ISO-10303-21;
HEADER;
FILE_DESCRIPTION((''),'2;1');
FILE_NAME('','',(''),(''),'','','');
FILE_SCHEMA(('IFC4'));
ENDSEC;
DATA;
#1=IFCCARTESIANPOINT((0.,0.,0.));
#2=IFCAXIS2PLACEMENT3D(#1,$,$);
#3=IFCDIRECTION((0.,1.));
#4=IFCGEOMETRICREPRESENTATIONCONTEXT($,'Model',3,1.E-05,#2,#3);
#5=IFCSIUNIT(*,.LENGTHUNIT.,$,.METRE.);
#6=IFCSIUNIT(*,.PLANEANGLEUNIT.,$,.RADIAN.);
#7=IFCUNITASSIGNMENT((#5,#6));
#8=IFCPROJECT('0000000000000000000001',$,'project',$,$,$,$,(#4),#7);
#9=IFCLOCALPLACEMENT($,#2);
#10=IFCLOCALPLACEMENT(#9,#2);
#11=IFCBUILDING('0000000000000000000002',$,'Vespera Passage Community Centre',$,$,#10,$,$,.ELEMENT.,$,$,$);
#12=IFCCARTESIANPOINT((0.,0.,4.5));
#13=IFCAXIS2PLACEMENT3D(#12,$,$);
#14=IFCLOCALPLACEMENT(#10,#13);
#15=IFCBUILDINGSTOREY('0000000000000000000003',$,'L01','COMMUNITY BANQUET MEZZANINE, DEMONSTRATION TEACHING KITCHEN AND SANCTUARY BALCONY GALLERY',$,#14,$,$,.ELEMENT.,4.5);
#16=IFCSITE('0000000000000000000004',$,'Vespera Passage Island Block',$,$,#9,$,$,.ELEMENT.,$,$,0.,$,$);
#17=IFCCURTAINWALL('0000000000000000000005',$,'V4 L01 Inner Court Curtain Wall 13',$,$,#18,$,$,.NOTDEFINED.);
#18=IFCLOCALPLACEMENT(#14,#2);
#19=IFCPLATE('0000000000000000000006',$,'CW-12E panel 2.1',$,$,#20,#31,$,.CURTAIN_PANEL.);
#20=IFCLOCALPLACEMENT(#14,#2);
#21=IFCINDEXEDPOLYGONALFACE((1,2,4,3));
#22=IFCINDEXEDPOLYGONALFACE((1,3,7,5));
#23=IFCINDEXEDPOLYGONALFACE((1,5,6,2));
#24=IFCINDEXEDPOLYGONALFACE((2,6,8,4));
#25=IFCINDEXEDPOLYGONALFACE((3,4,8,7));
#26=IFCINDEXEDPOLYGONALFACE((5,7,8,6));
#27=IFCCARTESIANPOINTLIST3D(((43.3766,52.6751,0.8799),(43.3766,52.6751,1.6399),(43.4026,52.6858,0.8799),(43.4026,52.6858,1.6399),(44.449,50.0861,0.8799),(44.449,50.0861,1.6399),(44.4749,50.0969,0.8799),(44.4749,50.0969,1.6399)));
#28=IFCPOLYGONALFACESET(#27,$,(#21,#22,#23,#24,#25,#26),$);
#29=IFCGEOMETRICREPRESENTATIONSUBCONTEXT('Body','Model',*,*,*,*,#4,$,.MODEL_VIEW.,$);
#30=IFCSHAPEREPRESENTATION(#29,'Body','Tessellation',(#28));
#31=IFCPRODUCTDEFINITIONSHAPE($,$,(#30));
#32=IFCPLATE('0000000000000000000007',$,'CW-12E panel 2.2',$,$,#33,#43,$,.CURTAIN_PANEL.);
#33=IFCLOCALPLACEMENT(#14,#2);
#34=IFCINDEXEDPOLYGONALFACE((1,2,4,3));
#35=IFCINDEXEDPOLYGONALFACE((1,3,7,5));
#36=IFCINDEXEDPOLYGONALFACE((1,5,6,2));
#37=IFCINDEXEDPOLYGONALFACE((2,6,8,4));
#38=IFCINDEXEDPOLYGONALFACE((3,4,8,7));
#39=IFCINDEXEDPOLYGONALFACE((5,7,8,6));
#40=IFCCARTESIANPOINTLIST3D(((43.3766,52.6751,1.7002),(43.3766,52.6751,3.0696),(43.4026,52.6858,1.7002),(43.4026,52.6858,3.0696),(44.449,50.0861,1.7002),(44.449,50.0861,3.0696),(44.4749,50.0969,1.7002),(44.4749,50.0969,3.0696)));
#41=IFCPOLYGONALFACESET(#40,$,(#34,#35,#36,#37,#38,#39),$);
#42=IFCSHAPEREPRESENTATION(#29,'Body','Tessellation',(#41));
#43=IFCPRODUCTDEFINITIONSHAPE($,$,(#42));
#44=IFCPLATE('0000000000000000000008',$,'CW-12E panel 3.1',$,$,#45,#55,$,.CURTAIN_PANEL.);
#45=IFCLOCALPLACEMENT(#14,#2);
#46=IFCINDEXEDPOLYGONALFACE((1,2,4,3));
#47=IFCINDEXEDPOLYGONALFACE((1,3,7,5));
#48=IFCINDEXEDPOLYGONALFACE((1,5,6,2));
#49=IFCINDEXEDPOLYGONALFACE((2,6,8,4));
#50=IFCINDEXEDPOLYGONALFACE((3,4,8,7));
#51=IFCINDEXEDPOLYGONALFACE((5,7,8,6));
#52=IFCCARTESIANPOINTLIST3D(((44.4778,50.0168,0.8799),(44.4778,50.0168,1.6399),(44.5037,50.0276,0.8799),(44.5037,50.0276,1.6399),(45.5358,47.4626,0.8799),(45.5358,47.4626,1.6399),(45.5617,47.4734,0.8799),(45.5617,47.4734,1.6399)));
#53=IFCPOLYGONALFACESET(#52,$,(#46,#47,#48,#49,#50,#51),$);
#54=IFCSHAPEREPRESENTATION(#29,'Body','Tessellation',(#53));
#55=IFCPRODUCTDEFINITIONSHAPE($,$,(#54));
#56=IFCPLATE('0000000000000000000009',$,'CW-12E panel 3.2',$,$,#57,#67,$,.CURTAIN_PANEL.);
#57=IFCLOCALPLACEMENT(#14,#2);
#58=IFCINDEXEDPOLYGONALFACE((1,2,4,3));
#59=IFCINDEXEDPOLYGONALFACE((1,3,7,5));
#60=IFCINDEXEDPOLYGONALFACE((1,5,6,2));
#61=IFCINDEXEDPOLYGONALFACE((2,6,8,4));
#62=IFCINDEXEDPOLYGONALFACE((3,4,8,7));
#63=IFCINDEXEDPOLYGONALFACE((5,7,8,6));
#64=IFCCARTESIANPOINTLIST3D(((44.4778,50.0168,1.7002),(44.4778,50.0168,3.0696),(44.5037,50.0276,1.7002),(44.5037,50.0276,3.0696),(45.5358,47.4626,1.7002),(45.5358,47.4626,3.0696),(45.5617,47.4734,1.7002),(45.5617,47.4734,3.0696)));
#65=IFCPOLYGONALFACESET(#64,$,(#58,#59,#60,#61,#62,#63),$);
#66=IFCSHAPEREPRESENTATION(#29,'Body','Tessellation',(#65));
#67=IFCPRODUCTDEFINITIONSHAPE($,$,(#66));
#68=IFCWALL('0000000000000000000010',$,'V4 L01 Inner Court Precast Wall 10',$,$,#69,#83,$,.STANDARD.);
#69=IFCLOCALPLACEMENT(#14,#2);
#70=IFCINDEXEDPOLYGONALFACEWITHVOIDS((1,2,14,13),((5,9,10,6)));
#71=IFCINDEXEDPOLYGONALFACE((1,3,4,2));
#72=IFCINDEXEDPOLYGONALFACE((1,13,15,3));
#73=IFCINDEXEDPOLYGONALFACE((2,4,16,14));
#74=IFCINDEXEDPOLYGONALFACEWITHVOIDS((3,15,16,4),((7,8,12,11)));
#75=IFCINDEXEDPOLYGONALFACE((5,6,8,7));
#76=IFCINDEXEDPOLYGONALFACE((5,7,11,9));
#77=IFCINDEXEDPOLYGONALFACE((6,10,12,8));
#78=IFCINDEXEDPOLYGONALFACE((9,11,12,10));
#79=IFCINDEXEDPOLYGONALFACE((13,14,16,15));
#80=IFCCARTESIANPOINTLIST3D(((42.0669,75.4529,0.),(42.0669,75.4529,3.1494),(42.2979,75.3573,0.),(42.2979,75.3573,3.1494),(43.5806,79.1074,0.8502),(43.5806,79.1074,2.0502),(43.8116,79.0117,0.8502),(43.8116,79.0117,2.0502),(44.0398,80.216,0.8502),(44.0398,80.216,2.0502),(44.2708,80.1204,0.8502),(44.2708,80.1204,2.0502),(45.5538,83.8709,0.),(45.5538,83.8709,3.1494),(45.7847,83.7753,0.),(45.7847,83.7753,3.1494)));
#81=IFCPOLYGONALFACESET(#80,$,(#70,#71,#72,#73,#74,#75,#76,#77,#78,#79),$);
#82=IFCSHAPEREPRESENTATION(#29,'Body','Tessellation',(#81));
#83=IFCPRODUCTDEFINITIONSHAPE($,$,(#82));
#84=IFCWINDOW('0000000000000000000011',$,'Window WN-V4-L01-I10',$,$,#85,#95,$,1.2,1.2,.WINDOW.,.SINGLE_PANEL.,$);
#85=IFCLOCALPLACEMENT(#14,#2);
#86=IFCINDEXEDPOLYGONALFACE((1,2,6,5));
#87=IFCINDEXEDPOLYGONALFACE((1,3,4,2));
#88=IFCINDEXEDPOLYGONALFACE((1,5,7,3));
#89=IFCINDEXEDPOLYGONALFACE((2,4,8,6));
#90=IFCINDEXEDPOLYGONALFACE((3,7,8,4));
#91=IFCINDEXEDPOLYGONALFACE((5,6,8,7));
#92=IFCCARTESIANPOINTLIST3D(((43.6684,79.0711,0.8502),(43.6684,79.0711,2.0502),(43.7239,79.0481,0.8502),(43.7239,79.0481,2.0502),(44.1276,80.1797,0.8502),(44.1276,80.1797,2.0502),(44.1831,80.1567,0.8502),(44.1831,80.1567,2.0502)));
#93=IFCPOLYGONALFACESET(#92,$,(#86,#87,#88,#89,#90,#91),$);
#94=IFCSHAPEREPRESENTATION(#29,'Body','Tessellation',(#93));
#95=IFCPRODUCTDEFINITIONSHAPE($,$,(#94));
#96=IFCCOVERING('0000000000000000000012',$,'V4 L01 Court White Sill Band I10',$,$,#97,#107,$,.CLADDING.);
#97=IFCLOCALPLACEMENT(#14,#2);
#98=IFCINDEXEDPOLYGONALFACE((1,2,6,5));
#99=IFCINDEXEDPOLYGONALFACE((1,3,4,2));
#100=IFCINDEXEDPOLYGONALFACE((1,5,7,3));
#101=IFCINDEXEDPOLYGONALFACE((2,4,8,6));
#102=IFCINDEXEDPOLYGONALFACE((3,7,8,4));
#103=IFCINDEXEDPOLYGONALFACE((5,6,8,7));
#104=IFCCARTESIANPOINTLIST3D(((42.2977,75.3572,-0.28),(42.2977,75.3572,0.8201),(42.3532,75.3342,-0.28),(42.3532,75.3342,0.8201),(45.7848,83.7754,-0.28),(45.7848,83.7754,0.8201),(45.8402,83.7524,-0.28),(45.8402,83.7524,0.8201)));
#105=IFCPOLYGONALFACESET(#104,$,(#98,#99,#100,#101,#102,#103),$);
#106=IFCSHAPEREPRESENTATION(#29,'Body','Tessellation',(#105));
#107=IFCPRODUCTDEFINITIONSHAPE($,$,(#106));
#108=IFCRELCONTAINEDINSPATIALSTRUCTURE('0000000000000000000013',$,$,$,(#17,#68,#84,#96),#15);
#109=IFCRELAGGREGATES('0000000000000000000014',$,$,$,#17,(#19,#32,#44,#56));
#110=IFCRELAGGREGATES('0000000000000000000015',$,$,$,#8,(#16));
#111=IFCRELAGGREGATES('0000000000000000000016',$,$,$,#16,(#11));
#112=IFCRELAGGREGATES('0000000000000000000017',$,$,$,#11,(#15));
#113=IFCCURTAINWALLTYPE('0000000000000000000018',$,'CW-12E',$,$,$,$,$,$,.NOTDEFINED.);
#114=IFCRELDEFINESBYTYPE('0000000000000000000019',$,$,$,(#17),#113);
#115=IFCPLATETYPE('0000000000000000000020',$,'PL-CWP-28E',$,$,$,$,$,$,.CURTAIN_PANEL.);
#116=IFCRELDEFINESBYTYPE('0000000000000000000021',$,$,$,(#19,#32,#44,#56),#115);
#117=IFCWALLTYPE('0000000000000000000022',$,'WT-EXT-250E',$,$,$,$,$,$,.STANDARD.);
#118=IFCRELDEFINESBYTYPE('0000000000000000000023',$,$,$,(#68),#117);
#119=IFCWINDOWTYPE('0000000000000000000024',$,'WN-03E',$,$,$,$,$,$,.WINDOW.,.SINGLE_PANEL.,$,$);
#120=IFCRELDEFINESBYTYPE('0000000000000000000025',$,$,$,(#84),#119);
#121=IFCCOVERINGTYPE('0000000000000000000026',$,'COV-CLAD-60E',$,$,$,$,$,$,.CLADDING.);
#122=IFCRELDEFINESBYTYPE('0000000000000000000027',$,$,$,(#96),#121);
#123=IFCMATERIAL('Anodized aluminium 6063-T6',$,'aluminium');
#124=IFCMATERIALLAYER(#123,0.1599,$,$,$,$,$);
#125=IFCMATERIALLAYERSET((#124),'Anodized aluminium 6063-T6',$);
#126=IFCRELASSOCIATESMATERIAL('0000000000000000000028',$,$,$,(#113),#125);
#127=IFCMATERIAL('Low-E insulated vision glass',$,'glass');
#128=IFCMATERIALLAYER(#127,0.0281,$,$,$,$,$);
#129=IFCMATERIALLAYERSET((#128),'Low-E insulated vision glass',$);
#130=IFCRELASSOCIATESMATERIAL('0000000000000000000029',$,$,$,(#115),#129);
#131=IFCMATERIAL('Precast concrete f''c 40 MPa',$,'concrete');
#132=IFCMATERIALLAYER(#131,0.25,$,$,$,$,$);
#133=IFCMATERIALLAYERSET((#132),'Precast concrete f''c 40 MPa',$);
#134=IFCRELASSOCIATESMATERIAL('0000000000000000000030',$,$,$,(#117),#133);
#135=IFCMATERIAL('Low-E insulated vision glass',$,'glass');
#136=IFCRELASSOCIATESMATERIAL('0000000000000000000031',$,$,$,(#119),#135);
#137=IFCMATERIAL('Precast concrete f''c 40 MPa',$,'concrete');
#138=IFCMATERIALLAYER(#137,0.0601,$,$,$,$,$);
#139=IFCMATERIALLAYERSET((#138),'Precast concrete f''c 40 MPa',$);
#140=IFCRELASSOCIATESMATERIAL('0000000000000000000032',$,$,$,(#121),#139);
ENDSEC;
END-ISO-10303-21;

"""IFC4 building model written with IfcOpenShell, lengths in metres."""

from ifc_helpers import new_model, si_unit, direction, frame, frame_2d, origin, origin_2d, place, context, subcontext, project, spatial, rectangle, extrude, material, layer, layer_set, type_object, element, fill, aggregate, save


model = new_model("IFC4")

# Units and contexts
model_context = context("Model", 3, precision=1e-05, world=origin(), true_north=direction((0.0, 1.0)))
body_context = subcontext(model_context, "Body", "Model", "MODEL_VIEW")
ifc_project = project(units=[si_unit("LENGTHUNIT", "METRE"), si_unit("PLANEANGLEUNIT", "RADIAN")], contexts=[model_context])

# Site, building, storey
site_placement = place(None, origin())
site = spatial("IfcSite", under=ifc_project, at=site_placement, Name="Vespera Passage Island Block", CompositionType="ELEMENT", RefElevation=0.0)
building_placement = place(site_placement, origin())
building = spatial("IfcBuilding", under=site, at=building_placement, Name="Vespera Passage Community Centre", CompositionType="ELEMENT")
storey_placement = place(building_placement, frame((0.0, 0.0, 4.5)))
storey = spatial("IfcBuildingStorey", under=building, at=storey_placement, Name="L01", Description="COMMUNITY BANQUET MEZZANINE, DEMONSTRATION TEACHING KITCHEN AND SANCTUARY BALCONY GALLERY", CompositionType="ELEMENT", Elevation=4.5)

# Curtain wall
ifc_material_1 = material(Name="Anodized aluminium 6063-T6", Category="aluminium")
ifc_layer_1 = layer(ifc_material_1, 0.1599)
ifc_layer_set_1 = layer_set([ifc_layer_1], Name="Anodized aluminium 6063-T6")
curtain_wall_type_1 = type_object("IfcCurtainWallType", Name="CW-12E", PredefinedType="NOTDEFINED", material=ifc_layer_set_1)
curtain_wall_1_placement = place(storey_placement, origin())
curtain_wall_1 = element("IfcCurtainWall", 1, at=curtain_wall_1_placement, inside=storey, type_object=curtain_wall_type_1, Name="V4 L01 Inner Court Curtain Wall 13", PredefinedType="NOTDEFINED")

# Plates
ifc_material_2 = material(Name="Low-E insulated vision glass", Category="glass")
ifc_layer_2 = layer(ifc_material_2, 0.0281)
ifc_layer_set_2 = layer_set([ifc_layer_2], Name="Low-E insulated vision glass")
plate_type_1 = type_object("IfcPlateType", Name="PL-CWP-28E", PredefinedType="CURTAIN_PANEL", material=ifc_layer_set_2)
plate_1_placement = place(storey_placement, frame((43.9258, 51.386, 0.8799), z_axis=(0.0, 0.0, 1.0), x_axis=(0.38269, -0.923877, 0.0)))
plate_1 = element("IfcPlate", 2, at=plate_1_placement, type_object=plate_type_1, Name="CW-12E panel 2.1", PredefinedType="CURTAIN_PANEL", context=body_context, shape_type="SweptSolid", body=[
    extrude(rectangle(XDim=2.8022, YDim=0.0281, at=origin_2d()), origin(), (0.0, 0.0, 1.0), 0.76),
])
plate_2_placement = place(storey_placement, frame((43.9258, 51.386, 1.7002), z_axis=(0.0, 0.0, 1.0), x_axis=(0.38269, -0.923877, 0.0)))
plate_2 = element("IfcPlate", 3, at=plate_2_placement, type_object=plate_type_1, Name="CW-12E panel 2.2", PredefinedType="CURTAIN_PANEL", context=body_context, shape_type="SweptSolid", body=[
    extrude(rectangle(XDim=2.8022, YDim=0.0281, at=origin_2d()), origin(), (0.0, 0.0, 1.0), 1.3694),
])
plate_3_placement = place(storey_placement, frame((45.0198, 48.7451, 0.8799), z_axis=(0.0, 0.0, 1.0), x_axis=(0.38269, -0.923877, 0.0)))
plate_3 = element("IfcPlate", 4, at=plate_3_placement, type_object=plate_type_1, Name="CW-12E panel 3.1", PredefinedType="CURTAIN_PANEL", context=body_context, shape_type="SweptSolid", body=[
    extrude(rectangle(XDim=2.7646, YDim=0.0281, at=origin_2d()), origin(), (0.0, 0.0, 1.0), 0.76),
])
plate_4_placement = place(storey_placement, frame((45.0198, 48.7451, 1.7002), z_axis=(0.0, 0.0, 1.0), x_axis=(0.38269, -0.923877, 0.0)))
plate_4 = element("IfcPlate", 5, at=plate_4_placement, type_object=plate_type_1, Name="CW-12E panel 3.2", PredefinedType="CURTAIN_PANEL", context=body_context, shape_type="SweptSolid", body=[
    extrude(rectangle(XDim=2.7646, YDim=0.0281, at=origin_2d()), origin(), (0.0, 0.0, 1.0), 1.3694),
])
aggregate(curtain_wall_1, [plate_1, plate_2, plate_3, plate_4])

# Wall, opening, window
ifc_material_3 = material(Name="Precast concrete f'c 40 MPa", Category="concrete")
ifc_layer_3 = layer(ifc_material_3, 0.25)
ifc_layer_set_3 = layer_set([ifc_layer_3], Name="Precast concrete f'c 40 MPa")
wall_type = type_object("IfcWallType", Name="WT-EXT-250E", PredefinedType="STANDARD", material=ifc_layer_set_3)
wall_placement = place(storey_placement, frame((45.6692, 83.823, 0.0), z_axis=(0.0, 0.0, 1.0), x_axis=(-0.382682, -0.92388, 0.0)))
wall = element("IfcWall", 6, at=wall_placement, inside=storey, type_object=wall_type, Name="V4 L01 Inner Court Precast Wall 10", PredefinedType="STANDARD", context=body_context, shape_type="SweptSolid", body=[
    extrude(rectangle(XDim=9.1116, YDim=0.25, at=frame_2d((4.5557, 0.0))), origin(), (0.0, 0.0, 1.0), 3.1494),
])
opening_placement = place(wall_placement, frame((3.9558, 0.0, 0.8501)))
opening = element("IfcOpeningElement", 7, at=opening_placement, cuts=wall, PredefinedType="OPENING", context=body_context, shape_type="SweptSolid", body=[
    extrude(rectangle(XDim=1.2, YDim=1.2, at=frame_2d((0.6001, 0.6001))), frame((0.0, 0.135, 0.0), z_axis=(0.0, -1.0, 0.0), x_axis=(1.0, 0.0, 0.0)), (0.0, 0.0, 1.0), 0.27),
])
ifc_material_4 = material(Name="Low-E insulated vision glass", Category="glass")
window_type = type_object("IfcWindowType", Name="WN-03E", PartitioningType="SINGLE_PANEL", PredefinedType="WINDOW", material=ifc_material_4)
window_placement = place(opening_placement, origin())
window = element("IfcWindow", 8, at=window_placement, inside=storey, type_object=window_type, Name="Window WN-V4-L01-I10", OverallHeight=1.2, OverallWidth=1.2, PartitioningType="SINGLE_PANEL", PredefinedType="WINDOW", context=body_context, shape_type="SweptSolid", body=[
    extrude(rectangle(XDim=1.2, YDim=1.2, at=frame_2d((0.6001, 0.6001))), frame((0.0, 0.03, 0.0), z_axis=(0.0, -1.0, 0.0), x_axis=(1.0, 0.0, 0.0)), (0.0, 0.0, 1.0), 0.0601),
])
fill(opening, window)

# Covering
ifc_material_5 = material(Name="Precast concrete f'c 40 MPa", Category="concrete")
ifc_layer_4 = layer(ifc_material_5, 0.0601)
ifc_layer_set_4 = layer_set([ifc_layer_4], Name="Precast concrete f'c 40 MPa")
covering_type = type_object("IfcCoveringType", Name="COV-CLAD-60E", PredefinedType="CLADDING", material=ifc_layer_set_4)
covering_placement = place(storey_placement, frame((45.8125, 83.7639, -0.28), z_axis=(0.0, 0.0, 1.0), x_axis=(-0.382695, -0.923875, 0.0)))
element("IfcCovering", 9, at=covering_placement, inside=storey, type_object=covering_type, Name="V4 L01 Court White Sill Band I10", PredefinedType="CLADDING", context=body_context, shape_type="SweptSolid", body=[
    extrude(rectangle(XDim=9.1118, YDim=0.0601, at=frame_2d((4.5559, 0.0))), origin(), (0.0, 0.0, 1.0), 1.1001),
])

save(model, "model.ifc")
